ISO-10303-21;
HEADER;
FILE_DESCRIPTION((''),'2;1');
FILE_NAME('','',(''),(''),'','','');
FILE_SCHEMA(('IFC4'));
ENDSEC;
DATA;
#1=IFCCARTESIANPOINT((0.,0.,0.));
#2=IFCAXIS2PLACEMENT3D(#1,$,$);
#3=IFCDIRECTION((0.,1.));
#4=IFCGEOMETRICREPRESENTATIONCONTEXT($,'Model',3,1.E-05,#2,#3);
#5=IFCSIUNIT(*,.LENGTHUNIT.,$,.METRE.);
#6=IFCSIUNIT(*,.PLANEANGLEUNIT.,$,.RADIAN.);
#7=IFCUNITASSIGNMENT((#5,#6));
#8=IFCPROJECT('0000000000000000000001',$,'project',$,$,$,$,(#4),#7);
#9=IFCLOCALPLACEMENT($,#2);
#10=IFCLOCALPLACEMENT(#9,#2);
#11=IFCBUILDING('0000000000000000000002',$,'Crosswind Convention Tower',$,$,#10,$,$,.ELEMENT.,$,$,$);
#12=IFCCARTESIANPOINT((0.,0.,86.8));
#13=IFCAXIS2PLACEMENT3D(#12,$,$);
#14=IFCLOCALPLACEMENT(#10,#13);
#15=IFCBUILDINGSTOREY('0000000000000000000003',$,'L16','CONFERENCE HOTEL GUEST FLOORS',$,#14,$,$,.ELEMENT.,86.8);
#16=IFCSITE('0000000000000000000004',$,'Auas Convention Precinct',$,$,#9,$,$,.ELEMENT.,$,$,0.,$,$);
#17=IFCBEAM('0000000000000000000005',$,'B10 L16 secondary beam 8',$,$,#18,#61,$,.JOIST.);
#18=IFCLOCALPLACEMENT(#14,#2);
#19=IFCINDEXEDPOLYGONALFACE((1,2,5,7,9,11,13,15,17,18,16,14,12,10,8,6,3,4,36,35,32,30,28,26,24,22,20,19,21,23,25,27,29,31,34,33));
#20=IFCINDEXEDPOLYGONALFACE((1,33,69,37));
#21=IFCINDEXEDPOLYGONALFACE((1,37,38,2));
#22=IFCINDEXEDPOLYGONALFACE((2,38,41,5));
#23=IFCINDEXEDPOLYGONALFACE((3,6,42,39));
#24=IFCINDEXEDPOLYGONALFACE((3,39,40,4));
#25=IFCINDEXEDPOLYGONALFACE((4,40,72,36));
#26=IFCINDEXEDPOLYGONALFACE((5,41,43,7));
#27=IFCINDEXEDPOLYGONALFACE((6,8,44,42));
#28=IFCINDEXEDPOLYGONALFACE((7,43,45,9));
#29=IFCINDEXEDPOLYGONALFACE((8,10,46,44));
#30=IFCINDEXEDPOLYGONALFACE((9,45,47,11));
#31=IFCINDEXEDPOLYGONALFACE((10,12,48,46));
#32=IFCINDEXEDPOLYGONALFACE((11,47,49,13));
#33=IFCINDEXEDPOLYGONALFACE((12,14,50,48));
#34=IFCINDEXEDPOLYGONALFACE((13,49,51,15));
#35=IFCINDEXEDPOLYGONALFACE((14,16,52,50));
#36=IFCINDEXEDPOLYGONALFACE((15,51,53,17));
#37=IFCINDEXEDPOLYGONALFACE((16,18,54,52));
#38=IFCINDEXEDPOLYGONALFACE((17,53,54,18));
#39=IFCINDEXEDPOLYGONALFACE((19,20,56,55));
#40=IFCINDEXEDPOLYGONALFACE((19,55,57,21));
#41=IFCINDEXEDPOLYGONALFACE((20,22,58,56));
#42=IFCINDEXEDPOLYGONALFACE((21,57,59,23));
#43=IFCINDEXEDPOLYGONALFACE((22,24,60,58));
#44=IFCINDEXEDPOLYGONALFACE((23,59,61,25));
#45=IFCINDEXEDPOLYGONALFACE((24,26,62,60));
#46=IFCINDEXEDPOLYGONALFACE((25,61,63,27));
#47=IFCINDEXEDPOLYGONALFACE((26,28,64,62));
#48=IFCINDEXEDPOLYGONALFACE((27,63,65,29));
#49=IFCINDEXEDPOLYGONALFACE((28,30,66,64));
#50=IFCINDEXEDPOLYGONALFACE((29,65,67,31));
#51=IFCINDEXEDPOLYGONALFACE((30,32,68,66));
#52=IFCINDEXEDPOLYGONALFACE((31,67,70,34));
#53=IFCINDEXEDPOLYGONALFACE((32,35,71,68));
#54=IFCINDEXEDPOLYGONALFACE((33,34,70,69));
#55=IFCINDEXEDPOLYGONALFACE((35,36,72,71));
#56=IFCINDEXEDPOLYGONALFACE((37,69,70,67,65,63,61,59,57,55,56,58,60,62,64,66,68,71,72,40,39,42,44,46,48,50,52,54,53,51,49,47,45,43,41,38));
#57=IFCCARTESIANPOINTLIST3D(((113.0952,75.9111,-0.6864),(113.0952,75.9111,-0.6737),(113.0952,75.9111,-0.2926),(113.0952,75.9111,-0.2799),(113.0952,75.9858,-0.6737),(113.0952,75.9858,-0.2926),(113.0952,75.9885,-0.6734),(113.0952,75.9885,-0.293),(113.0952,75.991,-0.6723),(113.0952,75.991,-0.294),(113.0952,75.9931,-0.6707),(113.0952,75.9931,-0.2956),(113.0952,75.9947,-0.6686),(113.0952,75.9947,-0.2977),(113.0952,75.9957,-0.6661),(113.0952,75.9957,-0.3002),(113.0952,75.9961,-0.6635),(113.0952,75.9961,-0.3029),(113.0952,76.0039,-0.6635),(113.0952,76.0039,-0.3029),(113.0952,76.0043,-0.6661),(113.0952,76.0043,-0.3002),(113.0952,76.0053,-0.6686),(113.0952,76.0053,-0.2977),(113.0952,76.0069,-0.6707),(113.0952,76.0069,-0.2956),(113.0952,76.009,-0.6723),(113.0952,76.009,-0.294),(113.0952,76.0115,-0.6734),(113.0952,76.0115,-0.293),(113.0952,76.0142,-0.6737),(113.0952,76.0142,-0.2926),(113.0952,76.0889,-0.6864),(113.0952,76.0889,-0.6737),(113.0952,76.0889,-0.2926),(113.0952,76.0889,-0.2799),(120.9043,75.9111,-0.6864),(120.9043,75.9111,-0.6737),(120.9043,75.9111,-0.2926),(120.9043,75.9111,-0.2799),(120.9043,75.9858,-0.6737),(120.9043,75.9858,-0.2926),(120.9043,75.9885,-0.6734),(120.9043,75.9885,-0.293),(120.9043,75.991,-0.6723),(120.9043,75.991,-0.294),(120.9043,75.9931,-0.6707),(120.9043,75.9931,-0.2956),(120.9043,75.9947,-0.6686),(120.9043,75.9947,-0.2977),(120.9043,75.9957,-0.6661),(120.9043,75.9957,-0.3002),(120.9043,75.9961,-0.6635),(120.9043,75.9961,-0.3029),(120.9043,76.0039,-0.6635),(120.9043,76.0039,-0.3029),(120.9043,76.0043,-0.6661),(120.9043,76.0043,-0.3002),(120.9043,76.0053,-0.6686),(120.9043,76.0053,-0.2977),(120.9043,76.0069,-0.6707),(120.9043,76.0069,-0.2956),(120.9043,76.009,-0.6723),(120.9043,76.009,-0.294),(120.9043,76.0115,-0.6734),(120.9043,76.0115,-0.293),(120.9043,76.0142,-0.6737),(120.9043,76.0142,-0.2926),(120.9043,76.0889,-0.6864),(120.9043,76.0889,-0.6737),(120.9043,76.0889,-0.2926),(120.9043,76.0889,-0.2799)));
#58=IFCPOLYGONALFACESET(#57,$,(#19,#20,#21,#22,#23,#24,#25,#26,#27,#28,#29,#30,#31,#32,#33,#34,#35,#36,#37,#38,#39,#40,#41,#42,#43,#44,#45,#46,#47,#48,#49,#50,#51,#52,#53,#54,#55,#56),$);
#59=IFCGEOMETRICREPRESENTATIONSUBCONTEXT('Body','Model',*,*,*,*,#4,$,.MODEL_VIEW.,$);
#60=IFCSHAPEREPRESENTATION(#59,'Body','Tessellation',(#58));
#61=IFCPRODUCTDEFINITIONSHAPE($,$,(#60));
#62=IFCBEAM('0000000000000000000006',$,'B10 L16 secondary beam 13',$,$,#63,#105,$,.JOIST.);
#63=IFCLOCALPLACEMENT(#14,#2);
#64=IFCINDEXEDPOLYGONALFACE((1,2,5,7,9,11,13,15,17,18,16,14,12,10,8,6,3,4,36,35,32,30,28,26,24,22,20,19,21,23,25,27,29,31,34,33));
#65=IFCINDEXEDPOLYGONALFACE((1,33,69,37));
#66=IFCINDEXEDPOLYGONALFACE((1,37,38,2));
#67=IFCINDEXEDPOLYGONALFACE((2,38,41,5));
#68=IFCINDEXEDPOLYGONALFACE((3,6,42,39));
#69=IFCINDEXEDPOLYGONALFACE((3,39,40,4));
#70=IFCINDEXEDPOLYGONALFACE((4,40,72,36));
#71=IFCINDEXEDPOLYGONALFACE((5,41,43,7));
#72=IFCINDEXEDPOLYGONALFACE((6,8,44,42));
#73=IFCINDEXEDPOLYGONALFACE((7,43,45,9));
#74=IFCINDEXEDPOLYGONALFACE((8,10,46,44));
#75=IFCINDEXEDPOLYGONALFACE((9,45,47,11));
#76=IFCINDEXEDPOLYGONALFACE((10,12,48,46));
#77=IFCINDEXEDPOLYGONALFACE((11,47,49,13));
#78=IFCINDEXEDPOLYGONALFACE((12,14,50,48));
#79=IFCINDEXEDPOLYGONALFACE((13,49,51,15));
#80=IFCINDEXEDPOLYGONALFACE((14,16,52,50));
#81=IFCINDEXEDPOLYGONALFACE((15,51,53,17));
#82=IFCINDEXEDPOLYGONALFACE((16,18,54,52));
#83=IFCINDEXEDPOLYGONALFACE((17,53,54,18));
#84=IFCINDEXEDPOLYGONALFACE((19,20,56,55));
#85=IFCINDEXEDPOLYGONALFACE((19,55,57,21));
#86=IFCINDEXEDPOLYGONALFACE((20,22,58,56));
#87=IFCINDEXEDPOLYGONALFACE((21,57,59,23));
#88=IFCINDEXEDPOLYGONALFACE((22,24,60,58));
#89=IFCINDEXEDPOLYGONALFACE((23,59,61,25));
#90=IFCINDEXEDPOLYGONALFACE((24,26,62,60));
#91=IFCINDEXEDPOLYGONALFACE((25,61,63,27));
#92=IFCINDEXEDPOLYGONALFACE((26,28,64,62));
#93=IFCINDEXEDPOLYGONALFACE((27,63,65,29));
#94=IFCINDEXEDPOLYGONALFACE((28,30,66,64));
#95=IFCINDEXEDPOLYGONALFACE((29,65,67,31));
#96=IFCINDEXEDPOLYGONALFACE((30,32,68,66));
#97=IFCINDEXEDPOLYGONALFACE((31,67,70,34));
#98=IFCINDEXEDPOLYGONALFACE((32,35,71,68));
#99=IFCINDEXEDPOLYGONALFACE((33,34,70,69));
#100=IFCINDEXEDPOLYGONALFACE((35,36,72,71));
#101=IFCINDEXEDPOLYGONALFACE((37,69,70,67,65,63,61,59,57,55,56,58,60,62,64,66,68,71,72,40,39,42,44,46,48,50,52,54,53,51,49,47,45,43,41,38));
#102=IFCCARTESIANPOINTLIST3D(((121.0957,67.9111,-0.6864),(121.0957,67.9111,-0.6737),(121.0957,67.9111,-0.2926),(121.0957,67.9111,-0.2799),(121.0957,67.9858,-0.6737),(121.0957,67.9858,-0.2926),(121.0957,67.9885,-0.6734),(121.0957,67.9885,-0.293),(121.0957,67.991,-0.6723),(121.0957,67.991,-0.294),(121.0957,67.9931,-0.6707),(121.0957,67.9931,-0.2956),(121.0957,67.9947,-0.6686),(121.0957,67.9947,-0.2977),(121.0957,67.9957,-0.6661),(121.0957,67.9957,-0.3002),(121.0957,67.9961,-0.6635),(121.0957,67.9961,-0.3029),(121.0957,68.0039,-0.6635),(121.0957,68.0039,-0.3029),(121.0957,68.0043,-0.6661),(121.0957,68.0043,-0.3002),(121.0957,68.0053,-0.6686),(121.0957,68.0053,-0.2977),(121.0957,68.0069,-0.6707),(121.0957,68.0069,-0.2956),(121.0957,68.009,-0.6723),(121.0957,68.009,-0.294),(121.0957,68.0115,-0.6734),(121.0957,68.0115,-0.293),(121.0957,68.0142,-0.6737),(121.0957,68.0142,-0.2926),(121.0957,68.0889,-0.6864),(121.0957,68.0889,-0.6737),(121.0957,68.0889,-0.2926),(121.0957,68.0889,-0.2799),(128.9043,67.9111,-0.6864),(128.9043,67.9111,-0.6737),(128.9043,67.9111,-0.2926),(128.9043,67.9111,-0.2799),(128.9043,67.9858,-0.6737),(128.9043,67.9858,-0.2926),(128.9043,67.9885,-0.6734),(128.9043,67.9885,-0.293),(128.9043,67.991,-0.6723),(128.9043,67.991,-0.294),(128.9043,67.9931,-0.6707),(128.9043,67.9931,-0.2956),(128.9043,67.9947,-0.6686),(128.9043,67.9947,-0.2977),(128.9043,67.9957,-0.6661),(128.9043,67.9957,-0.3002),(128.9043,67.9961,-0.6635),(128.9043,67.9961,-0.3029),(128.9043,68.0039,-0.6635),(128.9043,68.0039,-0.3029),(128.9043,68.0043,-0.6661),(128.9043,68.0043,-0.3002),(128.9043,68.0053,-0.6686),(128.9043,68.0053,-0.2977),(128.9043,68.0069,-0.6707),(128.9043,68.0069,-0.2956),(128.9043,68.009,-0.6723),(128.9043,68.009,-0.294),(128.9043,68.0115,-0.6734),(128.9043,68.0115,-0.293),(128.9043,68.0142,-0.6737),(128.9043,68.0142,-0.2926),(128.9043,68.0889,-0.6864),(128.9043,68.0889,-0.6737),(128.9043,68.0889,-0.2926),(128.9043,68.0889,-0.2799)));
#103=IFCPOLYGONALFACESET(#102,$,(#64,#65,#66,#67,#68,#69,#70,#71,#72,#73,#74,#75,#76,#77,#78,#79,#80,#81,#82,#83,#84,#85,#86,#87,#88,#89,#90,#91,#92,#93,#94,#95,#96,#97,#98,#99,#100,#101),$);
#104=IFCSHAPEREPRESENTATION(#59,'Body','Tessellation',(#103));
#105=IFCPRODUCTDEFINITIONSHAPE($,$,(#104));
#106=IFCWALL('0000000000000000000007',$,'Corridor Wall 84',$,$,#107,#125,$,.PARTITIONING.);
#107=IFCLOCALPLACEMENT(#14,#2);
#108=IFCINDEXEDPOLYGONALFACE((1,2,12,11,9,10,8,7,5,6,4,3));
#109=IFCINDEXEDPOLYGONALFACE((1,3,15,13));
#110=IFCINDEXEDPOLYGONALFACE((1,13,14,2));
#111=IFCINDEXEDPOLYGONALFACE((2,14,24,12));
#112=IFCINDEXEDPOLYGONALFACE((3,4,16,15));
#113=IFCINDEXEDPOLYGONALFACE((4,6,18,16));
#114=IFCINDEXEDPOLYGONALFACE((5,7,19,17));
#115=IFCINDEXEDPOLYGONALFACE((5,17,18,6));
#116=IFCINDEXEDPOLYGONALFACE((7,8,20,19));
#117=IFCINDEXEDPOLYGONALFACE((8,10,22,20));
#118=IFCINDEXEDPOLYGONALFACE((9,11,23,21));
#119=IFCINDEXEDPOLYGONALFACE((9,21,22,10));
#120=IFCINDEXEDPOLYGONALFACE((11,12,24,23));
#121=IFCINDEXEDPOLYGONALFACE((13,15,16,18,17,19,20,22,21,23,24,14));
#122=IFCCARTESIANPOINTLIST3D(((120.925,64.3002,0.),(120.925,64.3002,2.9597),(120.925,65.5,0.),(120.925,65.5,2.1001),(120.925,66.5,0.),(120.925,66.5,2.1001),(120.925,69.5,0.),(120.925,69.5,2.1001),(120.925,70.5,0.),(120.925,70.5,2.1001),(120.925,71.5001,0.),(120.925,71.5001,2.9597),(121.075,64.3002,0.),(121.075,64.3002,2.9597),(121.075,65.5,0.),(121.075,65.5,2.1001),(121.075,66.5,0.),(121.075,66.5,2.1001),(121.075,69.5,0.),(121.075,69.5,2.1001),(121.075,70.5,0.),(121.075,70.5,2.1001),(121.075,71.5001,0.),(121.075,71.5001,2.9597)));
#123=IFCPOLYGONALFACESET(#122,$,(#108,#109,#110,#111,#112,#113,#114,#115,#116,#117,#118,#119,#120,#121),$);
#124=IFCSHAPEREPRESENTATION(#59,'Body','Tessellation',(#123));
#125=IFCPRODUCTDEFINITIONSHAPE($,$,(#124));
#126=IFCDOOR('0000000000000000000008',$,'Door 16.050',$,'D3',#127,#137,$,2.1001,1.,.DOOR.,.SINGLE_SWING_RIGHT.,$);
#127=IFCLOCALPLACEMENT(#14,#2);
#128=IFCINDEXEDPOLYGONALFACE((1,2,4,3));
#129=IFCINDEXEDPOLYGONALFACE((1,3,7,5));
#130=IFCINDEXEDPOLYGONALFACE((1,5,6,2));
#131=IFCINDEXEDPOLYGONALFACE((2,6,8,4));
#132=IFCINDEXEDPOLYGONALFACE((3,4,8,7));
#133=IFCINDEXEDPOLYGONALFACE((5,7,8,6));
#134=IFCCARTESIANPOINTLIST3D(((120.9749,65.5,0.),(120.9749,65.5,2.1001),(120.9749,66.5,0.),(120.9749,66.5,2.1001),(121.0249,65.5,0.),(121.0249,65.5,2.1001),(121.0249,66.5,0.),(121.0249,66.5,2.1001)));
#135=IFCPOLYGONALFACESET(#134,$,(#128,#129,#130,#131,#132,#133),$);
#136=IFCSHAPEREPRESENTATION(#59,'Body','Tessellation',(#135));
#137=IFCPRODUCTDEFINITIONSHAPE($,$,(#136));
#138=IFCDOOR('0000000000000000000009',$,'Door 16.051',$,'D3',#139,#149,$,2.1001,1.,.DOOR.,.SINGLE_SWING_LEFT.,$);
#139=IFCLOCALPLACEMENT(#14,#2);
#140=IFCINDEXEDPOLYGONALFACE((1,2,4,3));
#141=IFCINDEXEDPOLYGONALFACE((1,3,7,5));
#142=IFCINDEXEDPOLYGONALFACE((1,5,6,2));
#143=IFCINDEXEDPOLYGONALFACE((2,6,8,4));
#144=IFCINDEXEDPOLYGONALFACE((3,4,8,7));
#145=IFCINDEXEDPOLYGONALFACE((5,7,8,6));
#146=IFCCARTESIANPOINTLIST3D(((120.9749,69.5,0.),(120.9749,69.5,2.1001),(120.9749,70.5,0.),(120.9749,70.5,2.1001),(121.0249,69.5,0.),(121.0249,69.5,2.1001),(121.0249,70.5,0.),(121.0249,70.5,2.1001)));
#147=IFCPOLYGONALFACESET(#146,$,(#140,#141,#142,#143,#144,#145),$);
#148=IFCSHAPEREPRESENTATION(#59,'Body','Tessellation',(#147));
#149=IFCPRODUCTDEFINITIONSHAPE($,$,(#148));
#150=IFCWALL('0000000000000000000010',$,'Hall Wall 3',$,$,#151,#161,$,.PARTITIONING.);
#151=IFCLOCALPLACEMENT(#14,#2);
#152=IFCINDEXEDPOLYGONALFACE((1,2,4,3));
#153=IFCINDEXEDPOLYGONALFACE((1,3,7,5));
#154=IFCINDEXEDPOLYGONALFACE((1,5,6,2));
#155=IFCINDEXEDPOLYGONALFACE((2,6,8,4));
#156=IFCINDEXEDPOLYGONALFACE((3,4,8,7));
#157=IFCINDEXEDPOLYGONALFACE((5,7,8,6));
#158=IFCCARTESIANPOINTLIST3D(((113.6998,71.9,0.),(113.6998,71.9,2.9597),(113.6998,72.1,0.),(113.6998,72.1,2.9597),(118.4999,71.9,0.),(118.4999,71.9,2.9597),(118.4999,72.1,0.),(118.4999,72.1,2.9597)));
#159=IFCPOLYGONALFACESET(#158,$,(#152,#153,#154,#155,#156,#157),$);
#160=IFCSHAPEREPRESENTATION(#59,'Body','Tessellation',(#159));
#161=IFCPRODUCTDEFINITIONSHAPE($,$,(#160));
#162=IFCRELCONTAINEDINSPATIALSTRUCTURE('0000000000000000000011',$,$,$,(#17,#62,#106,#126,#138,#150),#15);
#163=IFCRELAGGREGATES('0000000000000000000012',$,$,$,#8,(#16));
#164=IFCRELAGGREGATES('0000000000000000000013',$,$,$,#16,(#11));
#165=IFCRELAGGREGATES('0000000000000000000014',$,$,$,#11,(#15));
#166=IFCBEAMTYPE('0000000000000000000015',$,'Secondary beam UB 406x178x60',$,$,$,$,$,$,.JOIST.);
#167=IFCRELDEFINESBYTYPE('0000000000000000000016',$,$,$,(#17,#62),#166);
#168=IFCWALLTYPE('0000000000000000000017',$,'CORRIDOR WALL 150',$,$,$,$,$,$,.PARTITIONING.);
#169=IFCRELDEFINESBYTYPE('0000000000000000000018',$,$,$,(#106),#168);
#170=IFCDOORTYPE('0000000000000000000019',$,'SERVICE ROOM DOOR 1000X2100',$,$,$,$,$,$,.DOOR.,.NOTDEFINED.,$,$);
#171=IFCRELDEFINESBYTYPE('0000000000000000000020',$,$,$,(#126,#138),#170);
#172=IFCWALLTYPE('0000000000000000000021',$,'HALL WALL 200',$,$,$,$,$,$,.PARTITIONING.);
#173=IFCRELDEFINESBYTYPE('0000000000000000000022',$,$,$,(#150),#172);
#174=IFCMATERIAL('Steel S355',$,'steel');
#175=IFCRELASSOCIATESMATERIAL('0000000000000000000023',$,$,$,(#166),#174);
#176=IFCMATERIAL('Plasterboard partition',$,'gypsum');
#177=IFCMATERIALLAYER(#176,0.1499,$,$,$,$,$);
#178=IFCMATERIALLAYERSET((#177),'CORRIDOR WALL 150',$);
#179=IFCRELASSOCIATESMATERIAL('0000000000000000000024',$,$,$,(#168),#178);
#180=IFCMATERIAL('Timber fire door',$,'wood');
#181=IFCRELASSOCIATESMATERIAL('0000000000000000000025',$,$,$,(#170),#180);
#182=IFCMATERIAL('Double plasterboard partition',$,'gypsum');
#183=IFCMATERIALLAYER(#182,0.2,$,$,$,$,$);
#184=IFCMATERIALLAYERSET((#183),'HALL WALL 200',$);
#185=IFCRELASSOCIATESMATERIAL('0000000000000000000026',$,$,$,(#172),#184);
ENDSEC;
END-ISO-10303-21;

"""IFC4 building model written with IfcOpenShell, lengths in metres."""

from ifc_helpers import new_model, si_unit, direction, frame, frame_2d, origin, origin_2d, place, context, subcontext, project, spatial, rectangle, i_section, extrude, material, layer, layer_set, material_profile, profile_set, type_object, element, fill, save


model = new_model("IFC4")

# Units and contexts
model_context = context("Model", 3, precision=1e-05, world=origin(), true_north=direction((0.0, 1.0)))
body_context = subcontext(model_context, "Body", "Model", "MODEL_VIEW")
ifc_project = project(units=[si_unit("LENGTHUNIT", "METRE"), si_unit("PLANEANGLEUNIT", "RADIAN")], contexts=[model_context])

# Site, building, storey
site_placement = place(None, origin())
site = spatial("IfcSite", under=ifc_project, at=site_placement, Name="Auas Convention Precinct", CompositionType="ELEMENT", RefElevation=0.0)
building_placement = place(site_placement, origin())
building = spatial("IfcBuilding", under=site, at=building_placement, Name="Crosswind Convention Tower", CompositionType="ELEMENT")
storey_placement = place(building_placement, frame((0.0, 0.0, 86.8)))
storey = spatial("IfcBuildingStorey", under=building, at=storey_placement, Name="L16", Description="CONFERENCE HOTEL GUEST FLOORS", CompositionType="ELEMENT", Elevation=86.8)

# Shared definitions
ifc_material_1 = material(Name="Steel S355", Category="steel")

# Beams
ifc_material_profile_1 = material_profile(ifc_material_1, i_section(OverallWidth=0.1777, OverallDepth=0.4065, WebThickness=0.0078, FlangeThickness=0.0127, FilletRadius=0.0103, at=origin_2d()), Name="UB 406x178x60")
ifc_profile_set_1 = profile_set([ifc_material_profile_1], Name="Steel S355")
beam_type_1 = type_object("IfcBeamType", Name="Secondary beam UB 406x178x60", PredefinedType="JOIST", material=ifc_profile_set_1)
for number, where, z_axis, x_axis, name in (
    (1, (113.0952, 76.0, -0.4832), (1.0, 0.0, 0.0), (0.0, 1.0, 0.0), "B10 L16 secondary beam 8"),
):
    element("IfcBeam", number, at=place(storey_placement, frame(where, z_axis=z_axis, x_axis=x_axis)), inside=storey, type_object=beam_type_1, Name=name, PredefinedType="JOIST", context=body_context, shape_type="SweptSolid", body=[
        extrude(i_section(OverallWidth=0.1777, OverallDepth=0.4065, WebThickness=0.0078, FlangeThickness=0.0127, FilletRadius=0.0103, at=origin_2d()), origin(), (0.0, 0.0, 1.0), 7.8091),
    ])
beam_1_placement = place(storey_placement, frame((121.0957, 68.0, -0.4832), z_axis=(1.0, 0.0, 0.0), x_axis=(0.0, 1.0, 0.0)))
element("IfcBeam", 2, at=beam_1_placement, inside=storey, type_object=beam_type_1, Name="B10 L16 secondary beam 13", PredefinedType="JOIST", context=body_context, shape_type="SweptSolid", body=[
    extrude(i_section(OverallWidth=0.1777, OverallDepth=0.4065, WebThickness=0.0078, FlangeThickness=0.0127, FilletRadius=0.0103, at=origin_2d()), origin(), (0.0, 0.0, 1.0), 7.8086),
])

# Wall, openings, doors
ifc_material_2 = material(Name="Plasterboard partition", Category="gypsum")
ifc_layer_1 = layer(ifc_material_2, 0.1499)
ifc_layer_set_1 = layer_set([ifc_layer_1], Name="CORRIDOR WALL 150")
wall_type_1 = type_object("IfcWallType", Name="CORRIDOR WALL 150", PredefinedType="PARTITIONING", material=ifc_layer_set_1)
wall_1_placement = place(storey_placement, frame((121.0, 64.3, 0.0), z_axis=(0.0, 0.0, 1.0), x_axis=(0.0, 1.0, 0.0)))
wall_1 = element("IfcWall", 3, at=wall_1_placement, inside=storey, type_object=wall_type_1, Name="Corridor Wall 84", PredefinedType="PARTITIONING", context=body_context, shape_type="SweptSolid", body=[
    extrude(rectangle(XDim=7.2, YDim=0.1499, at=frame_2d((3.6001, 0.0))), origin(), (0.0, 0.0, 1.0), 2.9597),
])
opening_1_placement = place(wall_1_placement, frame((1.2, 0.0, 0.0)))
opening_1 = element("IfcOpeningElement", 4, at=opening_1_placement, cuts=wall_1, PredefinedType="OPENING", context=body_context, shape_type="SweptSolid", body=[
    extrude(rectangle(XDim=1.0, YDim=2.1001, at=frame_2d((0.5, 1.05))), frame((0.0, 0.085, 0.0), z_axis=(0.0, -1.0, 0.0), x_axis=(1.0, 0.0, 0.0)), (0.0, 0.0, 1.0), 0.1699),
])
opening_2_placement = place(wall_1_placement, frame((5.2, 0.0, 0.0)))
opening_2 = element("IfcOpeningElement", 5, at=opening_2_placement, cuts=wall_1, PredefinedType="OPENING", context=body_context, shape_type="SweptSolid", body=[
    extrude(rectangle(XDim=1.0, YDim=2.1001, at=frame_2d((0.5, 1.05))), frame((0.0, 0.085, 0.0), z_axis=(0.0, -1.0, 0.0), x_axis=(1.0, 0.0, 0.0)), (0.0, 0.0, 1.0), 0.1699),
])
ifc_material_3 = material(Name="Timber fire door", Category="wood")
door_type_1 = type_object("IfcDoorType", Name="SERVICE ROOM DOOR 1000X2100", OperationType="NOTDEFINED", PredefinedType="DOOR", material=ifc_material_3)
door_1_placement = place(opening_1_placement, frame((1.0, 0.0, 0.0), z_axis=(0.0, 0.0, 1.0), x_axis=(-1.0, 0.0, 0.0)))
door_1 = element("IfcDoor", 6, at=door_1_placement, inside=storey, type_object=door_type_1, Name="Door 16.050", ObjectType="D3", OperationType="SINGLE_SWING_RIGHT", OverallHeight=2.1001, OverallWidth=1.0, PredefinedType="DOOR", context=body_context, shape_type="SweptSolid", body=[
    extrude(rectangle(XDim=1.0, YDim=2.1001, at=frame_2d((0.5, 1.05))), frame((0.0, 0.0249, 0.0), z_axis=(0.0, -1.0, 0.0), x_axis=(1.0, 0.0, 0.0)), (0.0, 0.0, 1.0), 0.05),
])
fill(opening_1, door_1)
door_2_placement = place(opening_2_placement, frame((1.0, 0.0, 0.0), z_axis=(0.0, 0.0, 1.0), x_axis=(-1.0, 0.0, 0.0)))
door_2 = element("IfcDoor", 7, at=door_2_placement, inside=storey, type_object=door_type_1, Name="Door 16.051", ObjectType="D3", OperationType="SINGLE_SWING_LEFT", OverallHeight=2.1001, OverallWidth=1.0, PredefinedType="DOOR", context=body_context, shape_type="SweptSolid", body=[
    extrude(rectangle(XDim=1.0, YDim=2.1001, at=frame_2d((0.5, 1.05))), frame((0.0, 0.0249, 0.0), z_axis=(0.0, -1.0, 0.0), x_axis=(1.0, 0.0, 0.0)), (0.0, 0.0, 1.0), 0.05),
])
fill(opening_2, door_2)

# Wall
ifc_material_4 = material(Name="Double plasterboard partition", Category="gypsum")
ifc_layer_2 = layer(ifc_material_4, 0.2)
ifc_layer_set_2 = layer_set([ifc_layer_2], Name="HALL WALL 200")
wall_type_2 = type_object("IfcWallType", Name="HALL WALL 200", PredefinedType="PARTITIONING", material=ifc_layer_set_2)
wall_2_placement = place(storey_placement, frame((113.7, 72.0, 0.0), z_axis=(0.0, 0.0, 1.0), x_axis=(1.0, 0.0, 0.0)))
element("IfcWall", 8, at=wall_2_placement, inside=storey, type_object=wall_type_2, Name="Hall Wall 3", PredefinedType="PARTITIONING", context=body_context, shape_type="SweptSolid", body=[
    extrude(rectangle(XDim=4.8, YDim=0.2, at=frame_2d((2.3999, 0.0))), origin(), (0.0, 0.0, 1.0), 2.9597),
])

save(model, "model.ifc")
